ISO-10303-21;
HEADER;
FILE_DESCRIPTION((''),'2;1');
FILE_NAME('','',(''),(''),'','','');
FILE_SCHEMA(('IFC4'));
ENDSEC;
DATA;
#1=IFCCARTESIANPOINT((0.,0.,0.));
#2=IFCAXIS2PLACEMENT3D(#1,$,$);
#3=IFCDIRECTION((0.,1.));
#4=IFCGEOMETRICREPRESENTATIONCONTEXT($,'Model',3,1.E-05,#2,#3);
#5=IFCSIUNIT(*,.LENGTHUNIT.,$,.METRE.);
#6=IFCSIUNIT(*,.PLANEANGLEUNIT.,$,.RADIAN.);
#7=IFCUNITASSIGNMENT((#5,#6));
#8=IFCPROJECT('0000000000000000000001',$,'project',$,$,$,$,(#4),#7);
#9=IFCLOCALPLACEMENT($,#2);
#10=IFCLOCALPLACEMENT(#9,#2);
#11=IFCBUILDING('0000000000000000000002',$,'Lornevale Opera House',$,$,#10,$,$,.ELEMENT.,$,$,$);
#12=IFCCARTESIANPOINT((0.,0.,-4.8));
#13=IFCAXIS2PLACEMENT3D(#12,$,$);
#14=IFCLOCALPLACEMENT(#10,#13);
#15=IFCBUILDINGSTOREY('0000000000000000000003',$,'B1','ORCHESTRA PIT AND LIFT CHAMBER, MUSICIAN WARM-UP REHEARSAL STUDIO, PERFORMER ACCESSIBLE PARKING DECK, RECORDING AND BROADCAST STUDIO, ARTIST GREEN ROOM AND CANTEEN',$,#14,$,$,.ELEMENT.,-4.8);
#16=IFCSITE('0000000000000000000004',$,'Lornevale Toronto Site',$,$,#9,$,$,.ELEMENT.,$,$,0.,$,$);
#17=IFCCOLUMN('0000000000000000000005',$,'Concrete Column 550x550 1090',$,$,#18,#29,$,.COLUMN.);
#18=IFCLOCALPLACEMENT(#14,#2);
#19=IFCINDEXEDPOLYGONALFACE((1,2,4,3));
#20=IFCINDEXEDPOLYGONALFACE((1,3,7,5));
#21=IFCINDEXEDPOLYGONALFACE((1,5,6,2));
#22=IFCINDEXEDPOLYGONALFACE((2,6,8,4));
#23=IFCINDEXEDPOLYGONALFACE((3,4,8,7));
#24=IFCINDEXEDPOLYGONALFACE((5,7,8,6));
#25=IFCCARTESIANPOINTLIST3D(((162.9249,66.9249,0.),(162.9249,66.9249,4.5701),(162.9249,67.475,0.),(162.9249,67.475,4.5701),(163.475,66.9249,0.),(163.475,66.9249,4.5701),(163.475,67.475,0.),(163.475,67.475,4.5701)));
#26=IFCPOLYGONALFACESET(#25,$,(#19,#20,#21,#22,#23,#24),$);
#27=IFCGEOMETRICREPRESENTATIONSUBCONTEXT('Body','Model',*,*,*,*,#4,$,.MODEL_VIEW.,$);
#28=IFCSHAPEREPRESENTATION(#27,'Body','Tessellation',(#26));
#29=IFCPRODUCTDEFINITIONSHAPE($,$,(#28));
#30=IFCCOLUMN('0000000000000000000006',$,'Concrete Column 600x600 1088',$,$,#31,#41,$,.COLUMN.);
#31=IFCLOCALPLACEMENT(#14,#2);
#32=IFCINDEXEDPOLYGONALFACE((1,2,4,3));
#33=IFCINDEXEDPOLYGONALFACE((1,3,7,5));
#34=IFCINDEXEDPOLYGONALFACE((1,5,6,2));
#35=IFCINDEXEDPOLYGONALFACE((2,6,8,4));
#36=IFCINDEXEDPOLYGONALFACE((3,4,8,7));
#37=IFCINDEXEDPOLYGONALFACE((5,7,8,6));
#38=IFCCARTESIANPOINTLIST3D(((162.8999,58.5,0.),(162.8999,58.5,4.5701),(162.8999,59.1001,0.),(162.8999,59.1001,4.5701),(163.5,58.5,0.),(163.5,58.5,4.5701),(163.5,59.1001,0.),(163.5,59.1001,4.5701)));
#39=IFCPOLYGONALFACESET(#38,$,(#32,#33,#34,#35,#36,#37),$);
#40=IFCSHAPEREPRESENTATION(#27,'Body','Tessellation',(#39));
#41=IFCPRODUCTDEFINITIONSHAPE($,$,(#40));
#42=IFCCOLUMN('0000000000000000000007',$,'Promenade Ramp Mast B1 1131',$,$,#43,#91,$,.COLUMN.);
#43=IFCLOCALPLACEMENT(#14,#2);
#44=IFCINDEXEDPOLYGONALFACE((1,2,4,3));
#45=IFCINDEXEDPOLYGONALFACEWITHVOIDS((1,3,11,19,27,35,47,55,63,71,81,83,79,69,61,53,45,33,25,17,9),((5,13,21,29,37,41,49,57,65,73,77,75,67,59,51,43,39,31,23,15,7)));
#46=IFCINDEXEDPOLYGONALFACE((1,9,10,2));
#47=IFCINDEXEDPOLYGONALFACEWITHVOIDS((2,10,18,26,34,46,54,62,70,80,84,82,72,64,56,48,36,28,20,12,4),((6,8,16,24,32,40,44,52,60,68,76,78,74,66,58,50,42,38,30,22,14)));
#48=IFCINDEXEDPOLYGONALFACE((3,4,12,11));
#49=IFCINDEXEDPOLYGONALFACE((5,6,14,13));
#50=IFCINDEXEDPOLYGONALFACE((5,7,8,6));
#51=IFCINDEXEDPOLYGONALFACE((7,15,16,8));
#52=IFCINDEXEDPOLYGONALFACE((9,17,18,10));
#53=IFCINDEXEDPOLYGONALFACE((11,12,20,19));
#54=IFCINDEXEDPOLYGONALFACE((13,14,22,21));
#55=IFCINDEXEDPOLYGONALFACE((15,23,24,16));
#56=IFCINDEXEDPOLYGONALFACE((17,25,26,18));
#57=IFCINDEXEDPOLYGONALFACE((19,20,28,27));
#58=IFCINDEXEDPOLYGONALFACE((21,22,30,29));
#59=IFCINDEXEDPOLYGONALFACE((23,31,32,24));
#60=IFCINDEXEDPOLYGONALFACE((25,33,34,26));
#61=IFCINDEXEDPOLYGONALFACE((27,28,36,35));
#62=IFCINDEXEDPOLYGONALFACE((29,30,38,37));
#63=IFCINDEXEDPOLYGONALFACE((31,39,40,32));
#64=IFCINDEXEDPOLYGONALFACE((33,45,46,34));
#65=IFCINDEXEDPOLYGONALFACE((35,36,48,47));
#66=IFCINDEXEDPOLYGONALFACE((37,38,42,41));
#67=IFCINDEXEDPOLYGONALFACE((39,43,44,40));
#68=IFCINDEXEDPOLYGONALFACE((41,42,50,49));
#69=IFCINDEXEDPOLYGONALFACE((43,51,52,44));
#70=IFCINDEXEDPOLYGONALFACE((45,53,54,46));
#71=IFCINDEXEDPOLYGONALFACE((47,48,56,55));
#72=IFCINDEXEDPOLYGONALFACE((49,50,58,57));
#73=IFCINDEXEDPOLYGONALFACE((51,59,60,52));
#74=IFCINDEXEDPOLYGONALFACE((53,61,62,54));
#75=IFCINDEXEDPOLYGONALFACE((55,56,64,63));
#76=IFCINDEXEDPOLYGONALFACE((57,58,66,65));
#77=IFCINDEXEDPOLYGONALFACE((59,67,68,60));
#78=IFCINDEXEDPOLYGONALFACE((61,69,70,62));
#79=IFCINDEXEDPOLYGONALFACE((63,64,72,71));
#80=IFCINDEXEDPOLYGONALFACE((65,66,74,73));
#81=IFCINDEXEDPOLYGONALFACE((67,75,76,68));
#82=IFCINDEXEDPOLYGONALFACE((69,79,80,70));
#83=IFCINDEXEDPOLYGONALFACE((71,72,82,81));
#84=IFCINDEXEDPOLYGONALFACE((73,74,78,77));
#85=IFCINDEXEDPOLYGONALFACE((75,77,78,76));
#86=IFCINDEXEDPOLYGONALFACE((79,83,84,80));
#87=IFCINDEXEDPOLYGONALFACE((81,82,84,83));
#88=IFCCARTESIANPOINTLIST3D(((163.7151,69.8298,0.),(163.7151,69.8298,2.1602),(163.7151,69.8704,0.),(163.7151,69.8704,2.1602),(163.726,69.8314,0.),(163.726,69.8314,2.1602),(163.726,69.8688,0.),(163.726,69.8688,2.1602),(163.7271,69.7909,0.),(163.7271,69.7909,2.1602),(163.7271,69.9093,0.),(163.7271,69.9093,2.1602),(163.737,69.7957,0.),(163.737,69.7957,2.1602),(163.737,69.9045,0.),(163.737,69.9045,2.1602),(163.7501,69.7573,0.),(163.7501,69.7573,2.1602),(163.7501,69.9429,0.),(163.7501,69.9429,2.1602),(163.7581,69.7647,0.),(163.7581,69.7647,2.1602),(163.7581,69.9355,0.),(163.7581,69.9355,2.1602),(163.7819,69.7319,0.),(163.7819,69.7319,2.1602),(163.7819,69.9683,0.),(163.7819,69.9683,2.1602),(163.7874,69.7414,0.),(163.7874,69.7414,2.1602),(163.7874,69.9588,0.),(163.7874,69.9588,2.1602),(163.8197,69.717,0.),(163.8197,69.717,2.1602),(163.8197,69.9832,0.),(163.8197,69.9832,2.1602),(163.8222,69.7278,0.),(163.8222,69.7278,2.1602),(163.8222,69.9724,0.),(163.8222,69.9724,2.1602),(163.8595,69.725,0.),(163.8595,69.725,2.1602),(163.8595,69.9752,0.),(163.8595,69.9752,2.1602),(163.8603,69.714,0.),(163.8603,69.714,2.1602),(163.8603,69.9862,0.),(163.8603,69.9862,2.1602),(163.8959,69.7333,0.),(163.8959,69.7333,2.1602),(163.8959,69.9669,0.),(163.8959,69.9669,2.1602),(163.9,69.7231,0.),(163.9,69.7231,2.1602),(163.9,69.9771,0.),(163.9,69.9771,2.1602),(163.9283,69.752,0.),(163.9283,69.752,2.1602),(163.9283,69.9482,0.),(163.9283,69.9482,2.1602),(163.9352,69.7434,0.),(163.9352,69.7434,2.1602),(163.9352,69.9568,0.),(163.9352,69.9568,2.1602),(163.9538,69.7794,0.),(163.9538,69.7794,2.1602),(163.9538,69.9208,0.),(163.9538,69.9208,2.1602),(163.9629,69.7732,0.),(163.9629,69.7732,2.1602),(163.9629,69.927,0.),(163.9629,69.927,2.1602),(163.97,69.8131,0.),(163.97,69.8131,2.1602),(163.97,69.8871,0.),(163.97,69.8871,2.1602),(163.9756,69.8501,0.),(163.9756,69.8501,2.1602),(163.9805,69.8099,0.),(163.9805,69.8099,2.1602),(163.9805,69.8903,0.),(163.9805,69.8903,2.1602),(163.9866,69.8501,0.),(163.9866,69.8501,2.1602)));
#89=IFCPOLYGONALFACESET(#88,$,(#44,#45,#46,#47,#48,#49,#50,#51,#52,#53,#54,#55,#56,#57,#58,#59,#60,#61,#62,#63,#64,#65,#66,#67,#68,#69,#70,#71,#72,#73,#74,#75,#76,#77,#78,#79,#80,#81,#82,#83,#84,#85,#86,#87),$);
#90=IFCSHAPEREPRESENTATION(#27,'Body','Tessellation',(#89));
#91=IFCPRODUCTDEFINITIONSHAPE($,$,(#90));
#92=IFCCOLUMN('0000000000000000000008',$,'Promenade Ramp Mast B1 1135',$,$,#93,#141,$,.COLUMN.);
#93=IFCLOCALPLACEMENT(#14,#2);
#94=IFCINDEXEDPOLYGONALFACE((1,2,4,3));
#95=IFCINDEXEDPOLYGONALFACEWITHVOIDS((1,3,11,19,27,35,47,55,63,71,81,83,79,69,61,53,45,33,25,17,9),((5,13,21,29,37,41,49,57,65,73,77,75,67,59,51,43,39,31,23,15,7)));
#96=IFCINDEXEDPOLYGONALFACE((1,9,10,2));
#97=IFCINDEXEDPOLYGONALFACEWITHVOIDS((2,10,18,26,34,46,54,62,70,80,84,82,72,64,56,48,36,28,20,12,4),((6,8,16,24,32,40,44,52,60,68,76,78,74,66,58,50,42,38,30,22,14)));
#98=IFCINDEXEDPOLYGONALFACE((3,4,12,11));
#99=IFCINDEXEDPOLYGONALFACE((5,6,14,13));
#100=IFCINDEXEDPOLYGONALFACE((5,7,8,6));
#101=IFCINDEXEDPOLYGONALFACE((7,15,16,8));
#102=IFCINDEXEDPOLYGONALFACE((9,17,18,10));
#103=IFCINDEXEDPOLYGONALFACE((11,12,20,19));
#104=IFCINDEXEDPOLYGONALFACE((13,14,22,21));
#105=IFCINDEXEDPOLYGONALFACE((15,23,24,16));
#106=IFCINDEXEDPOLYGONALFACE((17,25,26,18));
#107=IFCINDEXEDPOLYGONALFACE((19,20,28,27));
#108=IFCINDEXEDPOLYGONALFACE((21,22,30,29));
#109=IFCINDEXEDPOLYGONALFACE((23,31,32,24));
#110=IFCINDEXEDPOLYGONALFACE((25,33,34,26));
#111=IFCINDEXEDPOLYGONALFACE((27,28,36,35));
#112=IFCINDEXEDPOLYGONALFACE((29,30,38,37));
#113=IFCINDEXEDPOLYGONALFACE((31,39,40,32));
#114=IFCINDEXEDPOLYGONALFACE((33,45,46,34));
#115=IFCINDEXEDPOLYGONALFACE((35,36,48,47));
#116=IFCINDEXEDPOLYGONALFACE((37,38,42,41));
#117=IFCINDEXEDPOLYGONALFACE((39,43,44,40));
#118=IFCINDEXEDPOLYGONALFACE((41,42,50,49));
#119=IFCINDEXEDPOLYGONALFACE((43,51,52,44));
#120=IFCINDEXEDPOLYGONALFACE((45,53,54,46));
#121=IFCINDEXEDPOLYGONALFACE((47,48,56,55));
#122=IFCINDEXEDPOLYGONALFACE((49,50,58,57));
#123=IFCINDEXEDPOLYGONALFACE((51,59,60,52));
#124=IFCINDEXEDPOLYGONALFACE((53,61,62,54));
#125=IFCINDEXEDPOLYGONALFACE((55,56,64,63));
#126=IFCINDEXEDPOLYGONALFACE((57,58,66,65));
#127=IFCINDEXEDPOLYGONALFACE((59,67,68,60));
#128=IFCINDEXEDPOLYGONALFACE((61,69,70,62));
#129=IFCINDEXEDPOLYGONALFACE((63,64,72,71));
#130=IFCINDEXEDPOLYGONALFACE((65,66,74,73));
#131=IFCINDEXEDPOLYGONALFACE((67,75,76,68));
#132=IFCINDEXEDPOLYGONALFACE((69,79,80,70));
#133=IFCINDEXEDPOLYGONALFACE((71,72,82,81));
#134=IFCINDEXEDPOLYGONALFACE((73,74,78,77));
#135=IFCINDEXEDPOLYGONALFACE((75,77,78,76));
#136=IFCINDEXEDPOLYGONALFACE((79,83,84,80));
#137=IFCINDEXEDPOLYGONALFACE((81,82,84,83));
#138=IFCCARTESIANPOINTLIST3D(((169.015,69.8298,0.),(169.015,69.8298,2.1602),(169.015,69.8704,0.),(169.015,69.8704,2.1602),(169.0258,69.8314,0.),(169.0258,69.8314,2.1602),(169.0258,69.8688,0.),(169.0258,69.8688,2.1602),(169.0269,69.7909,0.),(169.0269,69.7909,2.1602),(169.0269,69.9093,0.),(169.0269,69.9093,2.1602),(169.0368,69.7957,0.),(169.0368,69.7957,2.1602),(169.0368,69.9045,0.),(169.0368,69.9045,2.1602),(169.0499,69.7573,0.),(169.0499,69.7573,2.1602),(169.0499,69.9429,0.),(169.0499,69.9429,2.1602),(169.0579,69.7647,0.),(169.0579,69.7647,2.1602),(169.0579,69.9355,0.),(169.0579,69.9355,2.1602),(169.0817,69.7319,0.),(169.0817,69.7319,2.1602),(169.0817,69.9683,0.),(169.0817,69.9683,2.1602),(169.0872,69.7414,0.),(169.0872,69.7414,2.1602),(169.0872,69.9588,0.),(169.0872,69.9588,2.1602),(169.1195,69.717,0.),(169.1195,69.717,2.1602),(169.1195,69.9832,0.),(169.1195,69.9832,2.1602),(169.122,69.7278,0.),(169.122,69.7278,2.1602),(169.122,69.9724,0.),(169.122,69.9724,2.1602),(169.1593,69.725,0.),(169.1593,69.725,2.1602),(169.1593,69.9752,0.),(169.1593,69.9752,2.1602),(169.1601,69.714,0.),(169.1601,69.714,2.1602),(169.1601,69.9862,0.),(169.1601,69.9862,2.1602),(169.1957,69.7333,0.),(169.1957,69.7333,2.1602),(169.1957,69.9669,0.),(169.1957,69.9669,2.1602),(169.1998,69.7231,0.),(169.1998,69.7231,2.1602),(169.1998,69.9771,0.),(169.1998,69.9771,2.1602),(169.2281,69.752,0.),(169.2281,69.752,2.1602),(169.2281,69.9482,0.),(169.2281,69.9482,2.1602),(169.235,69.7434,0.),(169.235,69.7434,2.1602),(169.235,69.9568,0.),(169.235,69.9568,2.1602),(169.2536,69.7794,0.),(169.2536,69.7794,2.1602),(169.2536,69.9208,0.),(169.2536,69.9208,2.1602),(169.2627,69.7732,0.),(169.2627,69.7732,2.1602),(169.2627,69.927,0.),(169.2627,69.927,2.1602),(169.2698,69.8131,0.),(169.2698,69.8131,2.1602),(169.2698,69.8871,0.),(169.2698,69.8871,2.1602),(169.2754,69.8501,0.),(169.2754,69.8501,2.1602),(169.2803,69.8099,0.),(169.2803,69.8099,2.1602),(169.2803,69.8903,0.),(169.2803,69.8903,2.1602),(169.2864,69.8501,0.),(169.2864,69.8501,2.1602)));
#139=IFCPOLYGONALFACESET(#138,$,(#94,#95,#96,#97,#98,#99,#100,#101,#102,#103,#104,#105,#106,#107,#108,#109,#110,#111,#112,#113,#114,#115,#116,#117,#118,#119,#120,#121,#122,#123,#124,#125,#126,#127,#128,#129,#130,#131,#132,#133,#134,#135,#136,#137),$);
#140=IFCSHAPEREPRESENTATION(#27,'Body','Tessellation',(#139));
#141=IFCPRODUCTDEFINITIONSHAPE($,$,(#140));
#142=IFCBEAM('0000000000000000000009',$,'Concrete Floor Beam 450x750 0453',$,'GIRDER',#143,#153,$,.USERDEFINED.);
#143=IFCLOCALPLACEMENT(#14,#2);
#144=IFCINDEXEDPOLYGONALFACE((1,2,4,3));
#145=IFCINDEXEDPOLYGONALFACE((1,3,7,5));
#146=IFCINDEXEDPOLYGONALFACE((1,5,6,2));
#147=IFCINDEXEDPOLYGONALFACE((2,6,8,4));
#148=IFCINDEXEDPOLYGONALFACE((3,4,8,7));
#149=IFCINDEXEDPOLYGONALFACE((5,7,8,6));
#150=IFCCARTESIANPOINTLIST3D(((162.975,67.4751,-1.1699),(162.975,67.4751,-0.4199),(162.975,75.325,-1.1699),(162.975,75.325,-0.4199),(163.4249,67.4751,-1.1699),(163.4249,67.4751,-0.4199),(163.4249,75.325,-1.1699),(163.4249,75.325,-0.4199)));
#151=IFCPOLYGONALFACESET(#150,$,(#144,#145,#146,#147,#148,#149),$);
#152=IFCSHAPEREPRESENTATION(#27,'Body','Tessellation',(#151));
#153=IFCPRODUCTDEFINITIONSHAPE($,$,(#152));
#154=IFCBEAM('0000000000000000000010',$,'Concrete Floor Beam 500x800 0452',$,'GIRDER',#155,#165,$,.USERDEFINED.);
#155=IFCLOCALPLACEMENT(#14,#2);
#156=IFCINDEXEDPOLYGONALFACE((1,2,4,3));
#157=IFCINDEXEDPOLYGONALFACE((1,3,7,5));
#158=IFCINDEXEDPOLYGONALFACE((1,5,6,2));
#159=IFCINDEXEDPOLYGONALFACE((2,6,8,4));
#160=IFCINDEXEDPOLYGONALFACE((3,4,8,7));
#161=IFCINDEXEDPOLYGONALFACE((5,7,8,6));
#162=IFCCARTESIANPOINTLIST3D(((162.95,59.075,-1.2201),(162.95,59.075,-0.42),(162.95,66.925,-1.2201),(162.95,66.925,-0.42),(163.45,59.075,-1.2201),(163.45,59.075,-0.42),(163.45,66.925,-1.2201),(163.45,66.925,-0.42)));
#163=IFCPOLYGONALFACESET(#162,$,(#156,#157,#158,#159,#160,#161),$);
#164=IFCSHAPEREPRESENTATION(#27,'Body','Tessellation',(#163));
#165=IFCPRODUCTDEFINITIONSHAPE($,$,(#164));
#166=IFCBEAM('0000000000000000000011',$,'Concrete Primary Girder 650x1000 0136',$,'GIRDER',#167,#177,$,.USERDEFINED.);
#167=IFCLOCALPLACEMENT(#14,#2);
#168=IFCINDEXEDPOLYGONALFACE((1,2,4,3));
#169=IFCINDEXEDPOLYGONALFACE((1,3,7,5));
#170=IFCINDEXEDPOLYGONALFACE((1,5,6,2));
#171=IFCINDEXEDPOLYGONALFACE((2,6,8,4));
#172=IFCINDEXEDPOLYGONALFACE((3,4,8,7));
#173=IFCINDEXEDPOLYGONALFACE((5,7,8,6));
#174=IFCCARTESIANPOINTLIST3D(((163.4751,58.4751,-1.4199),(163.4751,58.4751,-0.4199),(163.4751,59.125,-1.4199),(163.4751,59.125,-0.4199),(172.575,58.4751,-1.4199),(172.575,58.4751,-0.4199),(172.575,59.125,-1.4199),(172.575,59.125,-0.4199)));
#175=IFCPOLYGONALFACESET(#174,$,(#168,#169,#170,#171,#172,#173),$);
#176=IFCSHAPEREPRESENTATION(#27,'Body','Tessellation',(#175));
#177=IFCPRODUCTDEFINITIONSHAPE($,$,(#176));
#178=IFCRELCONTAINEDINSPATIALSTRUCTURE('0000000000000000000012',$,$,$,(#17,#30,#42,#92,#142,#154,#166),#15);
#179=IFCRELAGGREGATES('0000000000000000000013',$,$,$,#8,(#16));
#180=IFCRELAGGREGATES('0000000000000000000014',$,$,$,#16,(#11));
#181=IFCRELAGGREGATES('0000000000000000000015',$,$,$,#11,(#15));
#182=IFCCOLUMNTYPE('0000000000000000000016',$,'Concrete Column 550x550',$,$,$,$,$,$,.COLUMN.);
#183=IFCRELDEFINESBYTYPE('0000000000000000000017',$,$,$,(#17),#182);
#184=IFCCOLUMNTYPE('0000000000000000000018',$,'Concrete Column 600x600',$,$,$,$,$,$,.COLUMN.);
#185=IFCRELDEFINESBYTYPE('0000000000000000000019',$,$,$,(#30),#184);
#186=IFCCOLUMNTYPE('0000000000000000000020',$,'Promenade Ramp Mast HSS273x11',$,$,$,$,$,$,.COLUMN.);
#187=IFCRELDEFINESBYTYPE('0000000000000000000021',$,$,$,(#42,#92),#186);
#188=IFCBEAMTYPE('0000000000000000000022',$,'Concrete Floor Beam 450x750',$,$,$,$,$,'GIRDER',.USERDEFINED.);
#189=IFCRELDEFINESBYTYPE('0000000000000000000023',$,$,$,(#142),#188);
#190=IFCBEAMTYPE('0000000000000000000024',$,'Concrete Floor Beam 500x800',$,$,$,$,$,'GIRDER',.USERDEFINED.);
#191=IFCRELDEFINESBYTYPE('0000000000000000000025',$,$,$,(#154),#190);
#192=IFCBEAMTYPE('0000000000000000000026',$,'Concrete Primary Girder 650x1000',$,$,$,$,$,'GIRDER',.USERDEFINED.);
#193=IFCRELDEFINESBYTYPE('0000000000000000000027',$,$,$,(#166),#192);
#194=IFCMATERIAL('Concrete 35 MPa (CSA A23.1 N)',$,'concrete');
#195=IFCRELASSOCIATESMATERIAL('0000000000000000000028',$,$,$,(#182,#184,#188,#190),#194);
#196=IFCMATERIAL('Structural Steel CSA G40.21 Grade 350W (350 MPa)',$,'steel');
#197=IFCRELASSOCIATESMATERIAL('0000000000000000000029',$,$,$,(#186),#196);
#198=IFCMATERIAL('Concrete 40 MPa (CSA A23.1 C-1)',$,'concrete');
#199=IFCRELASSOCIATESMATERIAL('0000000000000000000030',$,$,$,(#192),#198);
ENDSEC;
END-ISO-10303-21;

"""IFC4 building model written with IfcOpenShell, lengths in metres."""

from ifc_helpers import new_model, si_unit, direction, frame, origin, origin_2d, place, context, subcontext, project, spatial, rectangle, hollow_circle, extrude, material, material_profile, profile_set, type_object, element, save


model = new_model("IFC4")

# Units and contexts
model_context = context("Model", 3, precision=1e-05, world=origin(), true_north=direction((0.0, 1.0)))
body_context = subcontext(model_context, "Body", "Model", "MODEL_VIEW")
ifc_project = project(units=[si_unit("LENGTHUNIT", "METRE"), si_unit("PLANEANGLEUNIT", "RADIAN")], contexts=[model_context])

# Site, building, storey
site_placement = place(None, origin())
site = spatial("IfcSite", under=ifc_project, at=site_placement, Name="Lornevale Toronto Site", CompositionType="ELEMENT", RefElevation=0.0)
building_placement = place(site_placement, origin())
building = spatial("IfcBuilding", under=site, at=building_placement, Name="Lornevale Opera House", CompositionType="ELEMENT")
storey_placement = place(building_placement, frame((0.0, 0.0, -4.8)))
storey = spatial("IfcBuildingStorey", under=building, at=storey_placement, Name="B1", Description="ORCHESTRA PIT AND LIFT CHAMBER, MUSICIAN WARM-UP REHEARSAL STUDIO, PERFORMER ACCESSIBLE PARKING DECK, RECORDING AND BROADCAST STUDIO, ARTIST GREEN ROOM AND CANTEEN", CompositionType="ELEMENT", Elevation=-4.8)

# Columns
ifc_material_1 = material(Name="Concrete 35 MPa (CSA A23.1 N)", Category="concrete")
ifc_material_profile_1 = material_profile(ifc_material_1, rectangle(XDim=0.55, YDim=0.55, at=origin_2d()), Name="RC550x550")
ifc_profile_set_1 = profile_set([ifc_material_profile_1], Name="Concrete 35 MPa (CSA A23.1 N)")
column_type_1 = type_object("IfcColumnType", Name="Concrete Column 550x550", PredefinedType="COLUMN", material=ifc_profile_set_1)
column_1_placement = place(storey_placement, frame((163.2, 67.2, 0.0), z_axis=(0.0, 0.0, 1.0), x_axis=(1.0, 0.0, 0.0)))
element("IfcColumn", 1, at=column_1_placement, inside=storey, type_object=column_type_1, Name="Concrete Column 550x550 1090", PredefinedType="COLUMN", context=body_context, shape_type="SweptSolid", body=[
    extrude(rectangle(XDim=0.55, YDim=0.55, at=origin_2d()), origin(), (0.0, 0.0, 1.0), 4.5701),
])
ifc_material_profile_2 = material_profile(ifc_material_1, rectangle(XDim=0.6001, YDim=0.6001, at=origin_2d()), Name="RC600x600")
ifc_profile_set_2 = profile_set([ifc_material_profile_2], Name="Concrete 35 MPa (CSA A23.1 N)")
column_type_2 = type_object("IfcColumnType", Name="Concrete Column 600x600", PredefinedType="COLUMN", material=ifc_profile_set_2)
column_2_placement = place(storey_placement, frame((163.2, 58.8, 0.0), z_axis=(0.0, 0.0, 1.0), x_axis=(1.0, 0.0, 0.0)))
element("IfcColumn", 2, at=column_2_placement, inside=storey, type_object=column_type_2, Name="Concrete Column 600x600 1088", PredefinedType="COLUMN", context=body_context, shape_type="SweptSolid", body=[
    extrude(rectangle(XDim=0.6001, YDim=0.6001, at=origin_2d()), origin(), (0.0, 0.0, 1.0), 4.5701),
])
ifc_material_2 = material(Name="Structural Steel CSA G40.21 Grade 350W (350 MPa)", Category="steel")
ifc_material_profile_3 = material_profile(ifc_material_2, hollow_circle(Radius=0.1365, WallThickness=0.011, at=origin_2d()), Name="HSS273x11")
ifc_profile_set_3 = profile_set([ifc_material_profile_3], Name="Structural Steel CSA G40.21 Grade 350W (350 MPa)")
column_type_3 = type_object("IfcColumnType", Name="Promenade Ramp Mast HSS273x11", PredefinedType="COLUMN", material=ifc_profile_set_3)
for number, where, z_axis, x_axis, name in (
    (3, (163.8501, 69.8501, 0.0), (0.0, 0.0, 1.0), (1.0, 0.0, 0.0), "Promenade Ramp Mast B1 1131"),
    (4, (169.1499, 69.8501, 0.0), (0.0, 0.0, 1.0), (1.0, 0.0, 0.0), "Promenade Ramp Mast B1 1135"),
):
    element("IfcColumn", number, at=place(storey_placement, frame(where, z_axis=z_axis, x_axis=x_axis)), inside=storey, type_object=column_type_3, Name=name, PredefinedType="COLUMN", context=body_context, shape_type="SweptSolid", body=[
        extrude(hollow_circle(Radius=0.1365, WallThickness=0.011, at=origin_2d()), origin(), (0.0, 0.0, 1.0), 2.1602),
    ])

# Beams
ifc_material_profile_4 = material_profile(ifc_material_1, rectangle(XDim=0.45, YDim=0.75, at=origin_2d()), Name="RC450x750")
ifc_profile_set_4 = profile_set([ifc_material_profile_4], Name="Concrete 35 MPa (CSA A23.1 N)")
beam_type_1 = type_object("IfcBeamType", Name="Concrete Floor Beam 450x750", ElementType="GIRDER", PredefinedType="USERDEFINED", material=ifc_profile_set_4)
beam_1_placement = place(storey_placement, frame((163.2, 67.4751, -0.7949), z_axis=(0.0, 1.0, 0.0), x_axis=(-1.0, 0.0, 0.0)))
element("IfcBeam", 5, at=beam_1_placement, inside=storey, type_object=beam_type_1, Name="Concrete Floor Beam 450x750 0453", ObjectType="GIRDER", PredefinedType="USERDEFINED", context=body_context, shape_type="SweptSolid", body=[
    extrude(rectangle(XDim=0.45, YDim=0.75, at=origin_2d()), origin(), (0.0, 0.0, 1.0), 7.8499),
])
ifc_material_profile_5 = material_profile(ifc_material_1, rectangle(XDim=0.5, YDim=0.8, at=origin_2d()), Name="RC500x800")
ifc_profile_set_5 = profile_set([ifc_material_profile_5], Name="Concrete 35 MPa (CSA A23.1 N)")
beam_type_2 = type_object("IfcBeamType", Name="Concrete Floor Beam 500x800", ElementType="GIRDER", PredefinedType="USERDEFINED", material=ifc_profile_set_5)
beam_2_placement = place(storey_placement, frame((163.2, 59.075, -0.8201), z_axis=(0.0, 1.0, 0.0), x_axis=(-1.0, 0.0, 0.0)))
element("IfcBeam", 6, at=beam_2_placement, inside=storey, type_object=beam_type_2, Name="Concrete Floor Beam 500x800 0452", ObjectType="GIRDER", PredefinedType="USERDEFINED", context=body_context, shape_type="SweptSolid", body=[
    extrude(rectangle(XDim=0.5, YDim=0.8, at=origin_2d()), origin(), (0.0, 0.0, 1.0), 7.8501),
])
ifc_material_3 = material(Name="Concrete 40 MPa (CSA A23.1 C-1)", Category="concrete")
ifc_material_profile_6 = material_profile(ifc_material_3, rectangle(XDim=0.6499, YDim=1.0, at=origin_2d()), Name="RC650x1000")
ifc_profile_set_6 = profile_set([ifc_material_profile_6], Name="Concrete 40 MPa (CSA A23.1 C-1)")
beam_type_3 = type_object("IfcBeamType", Name="Concrete Primary Girder 650x1000", ElementType="GIRDER", PredefinedType="USERDEFINED", material=ifc_profile_set_6)
beam_3_placement = place(storey_placement, frame((163.4751, 58.8, -0.9199), z_axis=(1.0, 0.0, 0.0), x_axis=(0.0, 1.0, 0.0)))
element("IfcBeam", 7, at=beam_3_placement, inside=storey, type_object=beam_type_3, Name="Concrete Primary Girder 650x1000 0136", ObjectType="GIRDER", PredefinedType="USERDEFINED", context=body_context, shape_type="SweptSolid", body=[
    extrude(rectangle(XDim=0.6499, YDim=1.0, at=origin_2d()), origin(), (0.0, 0.0, 1.0), 9.0999),
])

save(model, "model.ifc")
